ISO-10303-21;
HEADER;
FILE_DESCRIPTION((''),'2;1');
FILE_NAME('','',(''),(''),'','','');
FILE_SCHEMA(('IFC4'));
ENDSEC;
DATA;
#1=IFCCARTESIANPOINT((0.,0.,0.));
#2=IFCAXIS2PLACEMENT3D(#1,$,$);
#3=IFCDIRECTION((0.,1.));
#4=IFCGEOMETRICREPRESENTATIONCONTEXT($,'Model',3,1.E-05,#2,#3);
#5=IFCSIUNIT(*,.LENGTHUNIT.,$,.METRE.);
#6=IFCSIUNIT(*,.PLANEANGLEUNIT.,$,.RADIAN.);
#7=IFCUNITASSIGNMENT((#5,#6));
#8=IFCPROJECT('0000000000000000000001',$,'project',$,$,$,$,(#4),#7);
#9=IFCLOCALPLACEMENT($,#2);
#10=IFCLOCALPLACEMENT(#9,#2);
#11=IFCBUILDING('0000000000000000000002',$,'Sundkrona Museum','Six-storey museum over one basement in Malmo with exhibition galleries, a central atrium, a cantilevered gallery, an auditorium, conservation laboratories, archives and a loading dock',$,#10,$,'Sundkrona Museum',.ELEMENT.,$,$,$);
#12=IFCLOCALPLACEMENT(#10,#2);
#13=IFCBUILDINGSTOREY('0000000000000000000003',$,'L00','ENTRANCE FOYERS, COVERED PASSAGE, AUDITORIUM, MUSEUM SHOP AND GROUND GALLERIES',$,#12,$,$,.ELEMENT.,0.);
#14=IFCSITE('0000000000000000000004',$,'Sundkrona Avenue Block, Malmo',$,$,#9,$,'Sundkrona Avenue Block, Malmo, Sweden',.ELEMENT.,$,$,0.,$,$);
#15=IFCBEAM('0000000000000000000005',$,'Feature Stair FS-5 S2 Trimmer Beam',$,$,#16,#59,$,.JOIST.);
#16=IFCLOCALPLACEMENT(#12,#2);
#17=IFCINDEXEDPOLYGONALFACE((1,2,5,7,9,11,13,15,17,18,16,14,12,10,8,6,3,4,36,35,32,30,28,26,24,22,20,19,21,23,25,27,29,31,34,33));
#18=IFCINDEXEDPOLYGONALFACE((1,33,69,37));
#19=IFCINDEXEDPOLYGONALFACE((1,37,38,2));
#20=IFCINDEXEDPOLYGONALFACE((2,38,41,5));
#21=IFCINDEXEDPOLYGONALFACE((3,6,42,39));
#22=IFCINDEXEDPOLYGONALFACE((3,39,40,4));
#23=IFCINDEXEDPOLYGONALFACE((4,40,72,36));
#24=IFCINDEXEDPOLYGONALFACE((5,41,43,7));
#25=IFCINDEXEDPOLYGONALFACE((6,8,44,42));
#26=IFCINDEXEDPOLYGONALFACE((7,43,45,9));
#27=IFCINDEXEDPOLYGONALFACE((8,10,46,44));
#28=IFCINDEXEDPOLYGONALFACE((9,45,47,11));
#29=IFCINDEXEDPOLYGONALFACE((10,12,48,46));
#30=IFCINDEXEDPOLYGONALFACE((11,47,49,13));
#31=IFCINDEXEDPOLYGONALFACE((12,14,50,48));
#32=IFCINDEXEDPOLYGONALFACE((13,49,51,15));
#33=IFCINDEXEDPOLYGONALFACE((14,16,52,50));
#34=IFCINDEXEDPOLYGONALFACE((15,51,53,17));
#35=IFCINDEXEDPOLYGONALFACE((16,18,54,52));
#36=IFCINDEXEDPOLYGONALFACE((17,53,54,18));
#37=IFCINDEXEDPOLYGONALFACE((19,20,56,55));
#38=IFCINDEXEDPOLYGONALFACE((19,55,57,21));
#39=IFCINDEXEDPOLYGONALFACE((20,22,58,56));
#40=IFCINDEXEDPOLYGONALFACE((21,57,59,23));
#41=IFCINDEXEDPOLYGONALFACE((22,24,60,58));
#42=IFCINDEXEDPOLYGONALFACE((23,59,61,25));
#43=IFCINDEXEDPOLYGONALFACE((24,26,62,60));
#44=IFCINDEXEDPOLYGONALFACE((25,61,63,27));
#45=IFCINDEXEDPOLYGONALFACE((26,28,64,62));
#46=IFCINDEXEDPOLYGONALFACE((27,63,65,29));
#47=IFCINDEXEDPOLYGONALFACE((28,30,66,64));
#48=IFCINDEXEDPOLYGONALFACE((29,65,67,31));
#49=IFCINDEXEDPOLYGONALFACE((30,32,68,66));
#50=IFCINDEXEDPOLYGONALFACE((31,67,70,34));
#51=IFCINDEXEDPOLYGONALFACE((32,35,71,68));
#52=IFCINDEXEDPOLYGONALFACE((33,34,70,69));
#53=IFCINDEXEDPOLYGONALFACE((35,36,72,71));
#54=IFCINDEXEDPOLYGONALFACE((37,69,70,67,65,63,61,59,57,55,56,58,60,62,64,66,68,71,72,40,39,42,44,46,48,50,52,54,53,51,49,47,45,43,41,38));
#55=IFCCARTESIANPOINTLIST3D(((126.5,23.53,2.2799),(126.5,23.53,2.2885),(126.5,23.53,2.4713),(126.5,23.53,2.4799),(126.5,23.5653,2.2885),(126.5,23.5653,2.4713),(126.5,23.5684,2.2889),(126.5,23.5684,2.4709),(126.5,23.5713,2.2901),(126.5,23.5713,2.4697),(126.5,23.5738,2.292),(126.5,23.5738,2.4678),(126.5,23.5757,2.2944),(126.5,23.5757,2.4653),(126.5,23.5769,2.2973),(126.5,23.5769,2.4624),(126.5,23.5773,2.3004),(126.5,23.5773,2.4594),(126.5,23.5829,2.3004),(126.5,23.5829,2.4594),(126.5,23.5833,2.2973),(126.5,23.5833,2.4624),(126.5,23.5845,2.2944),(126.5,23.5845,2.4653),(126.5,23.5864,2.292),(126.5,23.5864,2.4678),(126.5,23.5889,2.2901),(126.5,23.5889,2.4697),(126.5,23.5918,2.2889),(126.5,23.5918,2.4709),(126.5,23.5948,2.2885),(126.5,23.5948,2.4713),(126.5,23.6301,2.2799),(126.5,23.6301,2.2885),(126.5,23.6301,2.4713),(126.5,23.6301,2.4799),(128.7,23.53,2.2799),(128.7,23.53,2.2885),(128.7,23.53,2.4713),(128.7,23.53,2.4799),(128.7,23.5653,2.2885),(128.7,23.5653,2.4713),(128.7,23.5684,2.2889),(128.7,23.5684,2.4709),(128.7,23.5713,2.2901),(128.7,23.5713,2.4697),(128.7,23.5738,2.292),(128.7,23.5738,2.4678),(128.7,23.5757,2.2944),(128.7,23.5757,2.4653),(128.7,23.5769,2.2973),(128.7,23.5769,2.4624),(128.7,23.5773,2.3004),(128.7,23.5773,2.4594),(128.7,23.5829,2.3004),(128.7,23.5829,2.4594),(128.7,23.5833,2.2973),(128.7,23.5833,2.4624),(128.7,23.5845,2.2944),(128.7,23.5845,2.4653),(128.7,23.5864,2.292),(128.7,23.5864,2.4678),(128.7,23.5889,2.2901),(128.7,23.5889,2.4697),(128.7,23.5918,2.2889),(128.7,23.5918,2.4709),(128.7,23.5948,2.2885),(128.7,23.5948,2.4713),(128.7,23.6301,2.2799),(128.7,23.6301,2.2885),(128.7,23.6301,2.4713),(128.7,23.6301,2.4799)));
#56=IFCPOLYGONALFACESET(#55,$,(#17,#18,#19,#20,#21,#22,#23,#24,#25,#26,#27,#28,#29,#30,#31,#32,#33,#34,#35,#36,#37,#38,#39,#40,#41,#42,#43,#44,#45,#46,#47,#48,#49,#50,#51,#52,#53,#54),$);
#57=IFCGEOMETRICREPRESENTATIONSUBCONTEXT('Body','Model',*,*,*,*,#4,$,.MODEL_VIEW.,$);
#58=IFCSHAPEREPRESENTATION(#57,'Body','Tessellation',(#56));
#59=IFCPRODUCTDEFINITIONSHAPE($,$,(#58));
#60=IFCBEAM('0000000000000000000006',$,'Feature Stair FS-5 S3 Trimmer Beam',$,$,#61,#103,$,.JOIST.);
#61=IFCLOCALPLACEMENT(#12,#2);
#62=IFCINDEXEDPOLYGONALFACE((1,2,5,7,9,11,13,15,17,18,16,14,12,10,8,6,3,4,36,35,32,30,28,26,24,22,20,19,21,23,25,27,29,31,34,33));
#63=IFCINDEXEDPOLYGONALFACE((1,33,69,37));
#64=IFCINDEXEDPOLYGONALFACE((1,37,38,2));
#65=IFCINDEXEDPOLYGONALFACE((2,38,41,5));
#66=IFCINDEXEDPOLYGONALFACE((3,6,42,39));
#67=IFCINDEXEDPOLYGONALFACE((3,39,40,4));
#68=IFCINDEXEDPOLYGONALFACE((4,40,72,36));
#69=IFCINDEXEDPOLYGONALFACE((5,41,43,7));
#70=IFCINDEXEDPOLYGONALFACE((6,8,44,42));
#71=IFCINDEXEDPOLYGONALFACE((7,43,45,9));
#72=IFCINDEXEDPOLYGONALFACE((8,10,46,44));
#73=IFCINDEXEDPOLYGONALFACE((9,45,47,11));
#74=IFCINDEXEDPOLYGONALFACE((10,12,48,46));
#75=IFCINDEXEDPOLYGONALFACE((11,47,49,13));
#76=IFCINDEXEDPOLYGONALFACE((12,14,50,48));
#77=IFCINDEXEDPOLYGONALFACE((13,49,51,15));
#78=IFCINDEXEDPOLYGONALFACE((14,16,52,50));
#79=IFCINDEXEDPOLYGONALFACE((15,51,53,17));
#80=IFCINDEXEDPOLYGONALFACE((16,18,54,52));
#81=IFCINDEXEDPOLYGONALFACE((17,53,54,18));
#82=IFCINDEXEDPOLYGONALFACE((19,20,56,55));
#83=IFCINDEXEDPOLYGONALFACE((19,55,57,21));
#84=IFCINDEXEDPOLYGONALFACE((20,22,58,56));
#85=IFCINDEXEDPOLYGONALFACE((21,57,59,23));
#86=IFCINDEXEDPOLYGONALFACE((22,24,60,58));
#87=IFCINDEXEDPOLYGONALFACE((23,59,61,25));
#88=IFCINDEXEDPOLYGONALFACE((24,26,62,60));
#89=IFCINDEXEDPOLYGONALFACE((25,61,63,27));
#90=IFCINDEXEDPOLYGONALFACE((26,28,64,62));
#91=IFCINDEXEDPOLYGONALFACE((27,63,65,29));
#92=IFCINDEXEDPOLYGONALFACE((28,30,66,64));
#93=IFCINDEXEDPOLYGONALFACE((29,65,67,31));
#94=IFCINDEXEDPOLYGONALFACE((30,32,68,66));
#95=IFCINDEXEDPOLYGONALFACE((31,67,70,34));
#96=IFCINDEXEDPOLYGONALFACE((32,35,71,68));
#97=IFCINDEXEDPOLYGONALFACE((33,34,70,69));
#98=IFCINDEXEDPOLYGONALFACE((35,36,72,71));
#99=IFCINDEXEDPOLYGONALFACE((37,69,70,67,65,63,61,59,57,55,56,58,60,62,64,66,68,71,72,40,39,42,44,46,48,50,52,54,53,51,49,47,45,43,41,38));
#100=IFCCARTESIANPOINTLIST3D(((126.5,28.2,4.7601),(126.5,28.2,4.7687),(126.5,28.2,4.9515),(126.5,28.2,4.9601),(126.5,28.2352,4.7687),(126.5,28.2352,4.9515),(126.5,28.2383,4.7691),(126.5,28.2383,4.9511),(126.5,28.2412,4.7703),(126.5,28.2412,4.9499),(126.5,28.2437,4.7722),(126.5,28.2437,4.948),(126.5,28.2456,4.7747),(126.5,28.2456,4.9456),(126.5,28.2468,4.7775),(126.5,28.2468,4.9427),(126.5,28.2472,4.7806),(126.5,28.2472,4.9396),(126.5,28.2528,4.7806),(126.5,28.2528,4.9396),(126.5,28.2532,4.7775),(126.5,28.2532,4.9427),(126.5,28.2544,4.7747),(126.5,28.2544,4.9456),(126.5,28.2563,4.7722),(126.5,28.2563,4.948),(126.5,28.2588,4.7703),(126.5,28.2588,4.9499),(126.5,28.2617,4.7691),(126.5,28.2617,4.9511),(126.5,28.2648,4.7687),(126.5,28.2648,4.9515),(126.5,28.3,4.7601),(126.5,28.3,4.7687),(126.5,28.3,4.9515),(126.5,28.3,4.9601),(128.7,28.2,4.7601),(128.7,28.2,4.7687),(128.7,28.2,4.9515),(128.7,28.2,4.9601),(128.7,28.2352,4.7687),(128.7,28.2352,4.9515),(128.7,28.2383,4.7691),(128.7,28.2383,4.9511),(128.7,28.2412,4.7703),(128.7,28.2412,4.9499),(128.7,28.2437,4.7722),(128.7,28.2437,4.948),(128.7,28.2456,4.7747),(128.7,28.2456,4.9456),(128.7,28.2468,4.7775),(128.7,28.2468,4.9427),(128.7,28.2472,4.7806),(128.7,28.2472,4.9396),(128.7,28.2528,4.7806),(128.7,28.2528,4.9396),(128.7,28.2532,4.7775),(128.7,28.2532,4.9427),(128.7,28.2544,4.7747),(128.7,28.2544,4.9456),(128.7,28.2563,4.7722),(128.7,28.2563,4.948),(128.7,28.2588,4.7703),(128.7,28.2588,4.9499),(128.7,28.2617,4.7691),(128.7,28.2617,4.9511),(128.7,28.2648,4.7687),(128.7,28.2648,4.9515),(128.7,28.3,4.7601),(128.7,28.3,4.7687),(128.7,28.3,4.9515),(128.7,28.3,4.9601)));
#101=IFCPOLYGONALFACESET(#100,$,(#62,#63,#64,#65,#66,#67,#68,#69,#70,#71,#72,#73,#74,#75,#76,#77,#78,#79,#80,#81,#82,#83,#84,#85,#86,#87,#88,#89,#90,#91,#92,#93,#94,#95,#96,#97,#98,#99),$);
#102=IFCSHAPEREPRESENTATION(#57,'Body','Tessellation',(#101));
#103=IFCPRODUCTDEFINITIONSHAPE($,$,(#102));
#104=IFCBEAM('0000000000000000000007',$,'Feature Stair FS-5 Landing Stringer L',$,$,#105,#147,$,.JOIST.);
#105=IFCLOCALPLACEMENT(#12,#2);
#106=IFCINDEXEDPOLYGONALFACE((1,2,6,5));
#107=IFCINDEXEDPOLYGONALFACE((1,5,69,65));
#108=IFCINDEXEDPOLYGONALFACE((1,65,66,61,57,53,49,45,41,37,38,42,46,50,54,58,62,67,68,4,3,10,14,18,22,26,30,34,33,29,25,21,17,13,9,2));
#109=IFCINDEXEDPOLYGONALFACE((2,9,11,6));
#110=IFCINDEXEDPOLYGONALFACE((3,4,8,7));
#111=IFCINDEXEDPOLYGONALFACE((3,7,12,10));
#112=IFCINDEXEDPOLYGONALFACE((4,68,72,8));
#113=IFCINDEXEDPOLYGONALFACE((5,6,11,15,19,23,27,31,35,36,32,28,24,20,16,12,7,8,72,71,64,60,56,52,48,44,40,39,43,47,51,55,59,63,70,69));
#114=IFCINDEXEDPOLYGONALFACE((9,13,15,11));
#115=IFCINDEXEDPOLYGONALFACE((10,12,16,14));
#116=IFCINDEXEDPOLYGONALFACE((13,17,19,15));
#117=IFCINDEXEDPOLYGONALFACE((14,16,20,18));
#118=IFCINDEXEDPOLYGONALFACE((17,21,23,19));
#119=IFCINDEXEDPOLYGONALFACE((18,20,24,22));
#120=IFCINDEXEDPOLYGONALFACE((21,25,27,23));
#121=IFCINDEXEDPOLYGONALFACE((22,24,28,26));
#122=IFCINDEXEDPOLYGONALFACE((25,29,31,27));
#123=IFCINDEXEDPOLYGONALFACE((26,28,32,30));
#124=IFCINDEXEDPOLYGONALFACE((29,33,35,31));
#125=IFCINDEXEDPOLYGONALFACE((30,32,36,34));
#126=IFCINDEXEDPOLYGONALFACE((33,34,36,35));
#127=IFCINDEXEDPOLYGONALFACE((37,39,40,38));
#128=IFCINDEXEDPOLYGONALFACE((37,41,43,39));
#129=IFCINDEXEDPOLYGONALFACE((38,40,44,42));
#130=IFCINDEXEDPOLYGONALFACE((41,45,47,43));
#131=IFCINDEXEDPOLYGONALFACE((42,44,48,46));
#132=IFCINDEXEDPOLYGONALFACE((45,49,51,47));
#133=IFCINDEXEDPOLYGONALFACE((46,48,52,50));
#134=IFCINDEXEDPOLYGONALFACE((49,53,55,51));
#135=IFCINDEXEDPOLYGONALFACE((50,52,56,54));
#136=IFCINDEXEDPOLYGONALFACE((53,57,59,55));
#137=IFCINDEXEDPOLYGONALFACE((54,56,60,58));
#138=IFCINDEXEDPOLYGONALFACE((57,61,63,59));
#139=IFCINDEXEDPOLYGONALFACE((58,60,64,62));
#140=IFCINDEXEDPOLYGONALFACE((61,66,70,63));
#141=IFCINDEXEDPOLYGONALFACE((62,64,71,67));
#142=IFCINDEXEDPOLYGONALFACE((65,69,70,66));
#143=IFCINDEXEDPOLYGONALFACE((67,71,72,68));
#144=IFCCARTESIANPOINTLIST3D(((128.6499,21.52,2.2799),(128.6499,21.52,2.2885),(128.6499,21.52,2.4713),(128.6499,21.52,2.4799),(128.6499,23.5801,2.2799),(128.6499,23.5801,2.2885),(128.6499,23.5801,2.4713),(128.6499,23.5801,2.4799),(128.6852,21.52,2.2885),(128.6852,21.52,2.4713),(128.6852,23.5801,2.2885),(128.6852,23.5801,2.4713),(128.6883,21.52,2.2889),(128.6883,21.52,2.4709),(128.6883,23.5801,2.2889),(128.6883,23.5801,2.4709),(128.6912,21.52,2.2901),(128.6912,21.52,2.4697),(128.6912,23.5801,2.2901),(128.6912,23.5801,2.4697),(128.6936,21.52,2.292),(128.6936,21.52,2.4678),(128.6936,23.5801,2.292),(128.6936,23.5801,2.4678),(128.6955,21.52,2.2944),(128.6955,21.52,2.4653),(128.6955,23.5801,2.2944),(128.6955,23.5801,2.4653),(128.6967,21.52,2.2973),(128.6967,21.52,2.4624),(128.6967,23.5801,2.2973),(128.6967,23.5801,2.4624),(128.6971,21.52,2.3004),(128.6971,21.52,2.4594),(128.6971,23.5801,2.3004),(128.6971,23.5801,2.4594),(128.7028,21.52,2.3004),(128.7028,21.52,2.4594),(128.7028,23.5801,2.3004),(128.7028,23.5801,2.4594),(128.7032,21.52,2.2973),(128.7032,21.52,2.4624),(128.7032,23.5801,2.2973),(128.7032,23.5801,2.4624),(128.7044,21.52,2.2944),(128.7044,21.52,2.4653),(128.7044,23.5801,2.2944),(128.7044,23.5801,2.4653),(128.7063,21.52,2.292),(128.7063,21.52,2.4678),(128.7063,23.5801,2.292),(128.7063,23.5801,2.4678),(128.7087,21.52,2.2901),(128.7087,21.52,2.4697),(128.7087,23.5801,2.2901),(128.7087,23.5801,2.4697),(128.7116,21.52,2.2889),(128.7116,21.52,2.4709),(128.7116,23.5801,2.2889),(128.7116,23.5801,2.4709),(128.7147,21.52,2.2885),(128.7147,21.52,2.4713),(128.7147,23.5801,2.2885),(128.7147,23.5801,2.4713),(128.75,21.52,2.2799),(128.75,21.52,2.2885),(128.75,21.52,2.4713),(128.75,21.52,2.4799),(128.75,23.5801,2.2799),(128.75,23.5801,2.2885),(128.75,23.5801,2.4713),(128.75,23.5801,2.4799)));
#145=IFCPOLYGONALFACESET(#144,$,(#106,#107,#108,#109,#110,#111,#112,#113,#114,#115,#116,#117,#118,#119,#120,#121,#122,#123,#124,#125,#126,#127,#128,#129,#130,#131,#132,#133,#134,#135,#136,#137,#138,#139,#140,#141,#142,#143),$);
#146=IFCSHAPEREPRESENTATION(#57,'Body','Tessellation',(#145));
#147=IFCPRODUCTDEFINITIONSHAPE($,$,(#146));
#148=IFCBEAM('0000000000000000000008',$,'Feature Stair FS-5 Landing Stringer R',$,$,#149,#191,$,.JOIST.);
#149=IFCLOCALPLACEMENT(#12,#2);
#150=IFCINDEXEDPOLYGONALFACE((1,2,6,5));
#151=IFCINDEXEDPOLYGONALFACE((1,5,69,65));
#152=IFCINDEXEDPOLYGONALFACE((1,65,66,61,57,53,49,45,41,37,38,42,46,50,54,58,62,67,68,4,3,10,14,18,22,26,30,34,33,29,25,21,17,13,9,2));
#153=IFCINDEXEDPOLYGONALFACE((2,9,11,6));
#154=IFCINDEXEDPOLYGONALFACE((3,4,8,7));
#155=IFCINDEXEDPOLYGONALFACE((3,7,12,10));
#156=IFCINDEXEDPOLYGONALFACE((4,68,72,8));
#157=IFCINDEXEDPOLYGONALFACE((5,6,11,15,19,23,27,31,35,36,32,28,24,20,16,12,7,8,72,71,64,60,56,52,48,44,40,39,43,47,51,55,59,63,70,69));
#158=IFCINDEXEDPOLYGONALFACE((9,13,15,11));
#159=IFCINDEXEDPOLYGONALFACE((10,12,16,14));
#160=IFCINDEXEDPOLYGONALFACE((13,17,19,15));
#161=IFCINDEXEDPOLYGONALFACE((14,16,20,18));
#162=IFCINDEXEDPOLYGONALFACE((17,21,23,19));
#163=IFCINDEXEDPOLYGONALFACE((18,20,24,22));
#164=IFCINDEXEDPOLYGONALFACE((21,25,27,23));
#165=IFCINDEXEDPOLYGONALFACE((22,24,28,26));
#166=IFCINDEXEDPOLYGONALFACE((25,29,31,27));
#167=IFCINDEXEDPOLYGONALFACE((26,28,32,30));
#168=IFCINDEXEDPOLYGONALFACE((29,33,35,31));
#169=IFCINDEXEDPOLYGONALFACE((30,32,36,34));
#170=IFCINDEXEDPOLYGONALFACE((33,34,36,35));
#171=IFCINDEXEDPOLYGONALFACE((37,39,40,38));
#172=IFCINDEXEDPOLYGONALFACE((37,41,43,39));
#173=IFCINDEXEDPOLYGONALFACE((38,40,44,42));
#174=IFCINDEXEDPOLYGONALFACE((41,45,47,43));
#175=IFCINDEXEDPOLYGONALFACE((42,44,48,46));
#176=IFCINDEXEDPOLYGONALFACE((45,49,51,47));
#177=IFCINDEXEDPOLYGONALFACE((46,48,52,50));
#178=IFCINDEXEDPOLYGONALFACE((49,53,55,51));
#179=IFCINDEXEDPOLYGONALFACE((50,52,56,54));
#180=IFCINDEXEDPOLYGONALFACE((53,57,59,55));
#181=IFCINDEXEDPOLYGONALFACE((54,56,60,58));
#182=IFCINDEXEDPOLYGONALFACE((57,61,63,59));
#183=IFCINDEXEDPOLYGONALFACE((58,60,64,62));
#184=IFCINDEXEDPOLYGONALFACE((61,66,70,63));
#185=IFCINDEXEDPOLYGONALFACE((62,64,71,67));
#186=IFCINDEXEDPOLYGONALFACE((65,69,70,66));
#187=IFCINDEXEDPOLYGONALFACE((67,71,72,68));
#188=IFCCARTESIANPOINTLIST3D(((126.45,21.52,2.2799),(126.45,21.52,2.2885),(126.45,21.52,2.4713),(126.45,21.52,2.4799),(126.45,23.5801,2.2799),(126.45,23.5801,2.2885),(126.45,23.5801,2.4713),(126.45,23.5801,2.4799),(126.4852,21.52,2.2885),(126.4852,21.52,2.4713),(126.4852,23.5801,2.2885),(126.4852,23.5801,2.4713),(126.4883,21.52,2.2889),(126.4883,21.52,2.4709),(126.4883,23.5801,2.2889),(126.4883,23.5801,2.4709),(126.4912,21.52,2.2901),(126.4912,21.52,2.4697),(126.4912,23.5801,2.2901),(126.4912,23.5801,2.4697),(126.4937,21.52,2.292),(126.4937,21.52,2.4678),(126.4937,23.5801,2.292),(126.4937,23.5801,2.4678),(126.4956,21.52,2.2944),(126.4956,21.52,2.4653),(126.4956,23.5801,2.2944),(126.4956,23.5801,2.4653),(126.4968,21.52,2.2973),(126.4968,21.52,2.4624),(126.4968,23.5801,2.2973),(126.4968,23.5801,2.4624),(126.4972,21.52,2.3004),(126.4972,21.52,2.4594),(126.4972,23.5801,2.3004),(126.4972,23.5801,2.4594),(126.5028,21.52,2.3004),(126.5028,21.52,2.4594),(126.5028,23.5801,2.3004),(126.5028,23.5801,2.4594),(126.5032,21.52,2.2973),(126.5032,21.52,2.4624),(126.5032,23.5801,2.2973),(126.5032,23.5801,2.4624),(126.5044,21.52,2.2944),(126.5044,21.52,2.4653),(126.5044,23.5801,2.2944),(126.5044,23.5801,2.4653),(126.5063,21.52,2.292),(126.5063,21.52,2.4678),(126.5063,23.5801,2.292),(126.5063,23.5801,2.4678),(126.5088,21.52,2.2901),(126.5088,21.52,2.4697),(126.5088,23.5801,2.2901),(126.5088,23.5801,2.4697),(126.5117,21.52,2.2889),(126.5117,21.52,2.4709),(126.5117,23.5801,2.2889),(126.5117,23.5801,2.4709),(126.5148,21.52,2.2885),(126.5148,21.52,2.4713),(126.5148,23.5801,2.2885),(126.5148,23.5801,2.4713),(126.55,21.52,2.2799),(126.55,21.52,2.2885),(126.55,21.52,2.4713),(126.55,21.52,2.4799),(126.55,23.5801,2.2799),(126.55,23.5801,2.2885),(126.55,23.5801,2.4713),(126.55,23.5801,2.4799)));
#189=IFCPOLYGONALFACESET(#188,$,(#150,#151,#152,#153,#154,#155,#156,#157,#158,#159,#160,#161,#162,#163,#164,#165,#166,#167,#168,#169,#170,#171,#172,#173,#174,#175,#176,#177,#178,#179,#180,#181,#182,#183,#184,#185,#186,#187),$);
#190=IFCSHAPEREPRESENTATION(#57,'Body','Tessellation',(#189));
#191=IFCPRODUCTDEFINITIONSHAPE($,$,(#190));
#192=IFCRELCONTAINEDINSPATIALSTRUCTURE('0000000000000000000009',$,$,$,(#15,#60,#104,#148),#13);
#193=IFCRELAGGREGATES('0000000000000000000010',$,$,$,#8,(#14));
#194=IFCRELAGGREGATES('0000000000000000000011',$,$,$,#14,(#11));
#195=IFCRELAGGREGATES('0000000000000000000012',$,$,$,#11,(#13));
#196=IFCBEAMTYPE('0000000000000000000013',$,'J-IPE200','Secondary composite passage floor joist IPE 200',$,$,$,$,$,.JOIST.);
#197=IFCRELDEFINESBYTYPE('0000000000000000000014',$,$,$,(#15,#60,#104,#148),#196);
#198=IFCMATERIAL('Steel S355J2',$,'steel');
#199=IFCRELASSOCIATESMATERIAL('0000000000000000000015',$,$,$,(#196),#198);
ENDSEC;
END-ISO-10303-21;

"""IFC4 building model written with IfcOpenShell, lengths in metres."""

from ifc_helpers import new_model, si_unit, direction, frame, origin, origin_2d, place, context, subcontext, project, spatial, i_section, extrude, material, material_profile, profile_set, type_object, element, save


model = new_model("IFC4")

# Units and contexts
model_context = context("Model", 3, precision=1e-05, world=origin(), true_north=direction((0.0, 1.0)))
body_context = subcontext(model_context, "Body", "Model", "MODEL_VIEW")
ifc_project = project(units=[si_unit("LENGTHUNIT", "METRE"), si_unit("PLANEANGLEUNIT", "RADIAN")], contexts=[model_context])

# Site, building, storey
site_placement = place(None, origin())
site = spatial("IfcSite", under=ifc_project, at=site_placement, Name="Sundkrona Avenue Block, Malmo", LongName="Sundkrona Avenue Block, Malmo, Sweden", CompositionType="ELEMENT", RefElevation=0.0)
building_placement = place(site_placement, origin())
building = spatial("IfcBuilding", under=site, at=building_placement, Name="Sundkrona Museum", Description="Six-storey museum over one basement in Malmo with exhibition galleries, a central atrium, a cantilevered gallery, an auditorium, conservation laboratories, archives and a loading dock", LongName="Sundkrona Museum", CompositionType="ELEMENT")
storey_placement = place(building_placement, origin())
storey = spatial("IfcBuildingStorey", under=building, at=storey_placement, Name="L00", Description="ENTRANCE FOYERS, COVERED PASSAGE, AUDITORIUM, MUSEUM SHOP AND GROUND GALLERIES", CompositionType="ELEMENT", Elevation=0.0)

# Shared definitions
ifc_material_1 = material(Name="Steel S355J2", Category="steel")

# Beams
ifc_material_profile_1 = material_profile(ifc_material_1, i_section(OverallWidth=0.1001, OverallDepth=0.2, WebThickness=0.0056, FlangeThickness=0.0085, FilletRadius=0.012, at=origin_2d()), Name="IPE 200")
ifc_profile_set_1 = profile_set([ifc_material_profile_1], Name="Steel S355J2")
beam_type_1 = type_object("IfcBeamType", Name="J-IPE200", Description="Secondary composite passage floor joist IPE 200", PredefinedType="JOIST", material=ifc_profile_set_1)
for number, where, z_axis, x_axis, name in (
    (1, (128.7, 23.5801, 2.3799), (-1.0, 0.0, 0.0), (0.0, -1.0, 0.0), "Feature Stair FS-5 S2 Trimmer Beam"),
    (2, (128.7, 28.25, 4.8601), (-1.0, 0.0, 0.0), (0.0, -1.0, 0.0), "Feature Stair FS-5 S3 Trimmer Beam"),
):
    element("IfcBeam", number, at=place(storey_placement, frame(where, z_axis=z_axis, x_axis=x_axis)), inside=storey, type_object=beam_type_1, Name=name, PredefinedType="JOIST", context=body_context, shape_type="SweptSolid", body=[
        extrude(i_section(OverallWidth=0.1001, OverallDepth=0.2, WebThickness=0.0056, FlangeThickness=0.0085, FilletRadius=0.012, at=origin_2d()), origin(), (0.0, 0.0, 1.0), 2.2),
    ])
for number, where, z_axis, x_axis, name in (
    (3, (128.7, 21.52, 2.3799), (0.0, 1.0, 0.0), (-1.0, 0.0, 0.0), "Feature Stair FS-5 Landing Stringer L"),
    (4, (126.5, 21.52, 2.3799), (0.0, 1.0, 0.0), (-1.0, 0.0, 0.0), "Feature Stair FS-5 Landing Stringer R"),
):
    element("IfcBeam", number, at=place(storey_placement, frame(where, z_axis=z_axis, x_axis=x_axis)), inside=storey, type_object=beam_type_1, Name=name, PredefinedType="JOIST", context=body_context, shape_type="SweptSolid", body=[
        extrude(i_section(OverallWidth=0.1001, OverallDepth=0.2, WebThickness=0.0056, FlangeThickness=0.0085, FilletRadius=0.012, at=origin_2d()), origin(), (0.0, 0.0, 1.0), 2.0601),
    ])

save(model, "model.ifc")
